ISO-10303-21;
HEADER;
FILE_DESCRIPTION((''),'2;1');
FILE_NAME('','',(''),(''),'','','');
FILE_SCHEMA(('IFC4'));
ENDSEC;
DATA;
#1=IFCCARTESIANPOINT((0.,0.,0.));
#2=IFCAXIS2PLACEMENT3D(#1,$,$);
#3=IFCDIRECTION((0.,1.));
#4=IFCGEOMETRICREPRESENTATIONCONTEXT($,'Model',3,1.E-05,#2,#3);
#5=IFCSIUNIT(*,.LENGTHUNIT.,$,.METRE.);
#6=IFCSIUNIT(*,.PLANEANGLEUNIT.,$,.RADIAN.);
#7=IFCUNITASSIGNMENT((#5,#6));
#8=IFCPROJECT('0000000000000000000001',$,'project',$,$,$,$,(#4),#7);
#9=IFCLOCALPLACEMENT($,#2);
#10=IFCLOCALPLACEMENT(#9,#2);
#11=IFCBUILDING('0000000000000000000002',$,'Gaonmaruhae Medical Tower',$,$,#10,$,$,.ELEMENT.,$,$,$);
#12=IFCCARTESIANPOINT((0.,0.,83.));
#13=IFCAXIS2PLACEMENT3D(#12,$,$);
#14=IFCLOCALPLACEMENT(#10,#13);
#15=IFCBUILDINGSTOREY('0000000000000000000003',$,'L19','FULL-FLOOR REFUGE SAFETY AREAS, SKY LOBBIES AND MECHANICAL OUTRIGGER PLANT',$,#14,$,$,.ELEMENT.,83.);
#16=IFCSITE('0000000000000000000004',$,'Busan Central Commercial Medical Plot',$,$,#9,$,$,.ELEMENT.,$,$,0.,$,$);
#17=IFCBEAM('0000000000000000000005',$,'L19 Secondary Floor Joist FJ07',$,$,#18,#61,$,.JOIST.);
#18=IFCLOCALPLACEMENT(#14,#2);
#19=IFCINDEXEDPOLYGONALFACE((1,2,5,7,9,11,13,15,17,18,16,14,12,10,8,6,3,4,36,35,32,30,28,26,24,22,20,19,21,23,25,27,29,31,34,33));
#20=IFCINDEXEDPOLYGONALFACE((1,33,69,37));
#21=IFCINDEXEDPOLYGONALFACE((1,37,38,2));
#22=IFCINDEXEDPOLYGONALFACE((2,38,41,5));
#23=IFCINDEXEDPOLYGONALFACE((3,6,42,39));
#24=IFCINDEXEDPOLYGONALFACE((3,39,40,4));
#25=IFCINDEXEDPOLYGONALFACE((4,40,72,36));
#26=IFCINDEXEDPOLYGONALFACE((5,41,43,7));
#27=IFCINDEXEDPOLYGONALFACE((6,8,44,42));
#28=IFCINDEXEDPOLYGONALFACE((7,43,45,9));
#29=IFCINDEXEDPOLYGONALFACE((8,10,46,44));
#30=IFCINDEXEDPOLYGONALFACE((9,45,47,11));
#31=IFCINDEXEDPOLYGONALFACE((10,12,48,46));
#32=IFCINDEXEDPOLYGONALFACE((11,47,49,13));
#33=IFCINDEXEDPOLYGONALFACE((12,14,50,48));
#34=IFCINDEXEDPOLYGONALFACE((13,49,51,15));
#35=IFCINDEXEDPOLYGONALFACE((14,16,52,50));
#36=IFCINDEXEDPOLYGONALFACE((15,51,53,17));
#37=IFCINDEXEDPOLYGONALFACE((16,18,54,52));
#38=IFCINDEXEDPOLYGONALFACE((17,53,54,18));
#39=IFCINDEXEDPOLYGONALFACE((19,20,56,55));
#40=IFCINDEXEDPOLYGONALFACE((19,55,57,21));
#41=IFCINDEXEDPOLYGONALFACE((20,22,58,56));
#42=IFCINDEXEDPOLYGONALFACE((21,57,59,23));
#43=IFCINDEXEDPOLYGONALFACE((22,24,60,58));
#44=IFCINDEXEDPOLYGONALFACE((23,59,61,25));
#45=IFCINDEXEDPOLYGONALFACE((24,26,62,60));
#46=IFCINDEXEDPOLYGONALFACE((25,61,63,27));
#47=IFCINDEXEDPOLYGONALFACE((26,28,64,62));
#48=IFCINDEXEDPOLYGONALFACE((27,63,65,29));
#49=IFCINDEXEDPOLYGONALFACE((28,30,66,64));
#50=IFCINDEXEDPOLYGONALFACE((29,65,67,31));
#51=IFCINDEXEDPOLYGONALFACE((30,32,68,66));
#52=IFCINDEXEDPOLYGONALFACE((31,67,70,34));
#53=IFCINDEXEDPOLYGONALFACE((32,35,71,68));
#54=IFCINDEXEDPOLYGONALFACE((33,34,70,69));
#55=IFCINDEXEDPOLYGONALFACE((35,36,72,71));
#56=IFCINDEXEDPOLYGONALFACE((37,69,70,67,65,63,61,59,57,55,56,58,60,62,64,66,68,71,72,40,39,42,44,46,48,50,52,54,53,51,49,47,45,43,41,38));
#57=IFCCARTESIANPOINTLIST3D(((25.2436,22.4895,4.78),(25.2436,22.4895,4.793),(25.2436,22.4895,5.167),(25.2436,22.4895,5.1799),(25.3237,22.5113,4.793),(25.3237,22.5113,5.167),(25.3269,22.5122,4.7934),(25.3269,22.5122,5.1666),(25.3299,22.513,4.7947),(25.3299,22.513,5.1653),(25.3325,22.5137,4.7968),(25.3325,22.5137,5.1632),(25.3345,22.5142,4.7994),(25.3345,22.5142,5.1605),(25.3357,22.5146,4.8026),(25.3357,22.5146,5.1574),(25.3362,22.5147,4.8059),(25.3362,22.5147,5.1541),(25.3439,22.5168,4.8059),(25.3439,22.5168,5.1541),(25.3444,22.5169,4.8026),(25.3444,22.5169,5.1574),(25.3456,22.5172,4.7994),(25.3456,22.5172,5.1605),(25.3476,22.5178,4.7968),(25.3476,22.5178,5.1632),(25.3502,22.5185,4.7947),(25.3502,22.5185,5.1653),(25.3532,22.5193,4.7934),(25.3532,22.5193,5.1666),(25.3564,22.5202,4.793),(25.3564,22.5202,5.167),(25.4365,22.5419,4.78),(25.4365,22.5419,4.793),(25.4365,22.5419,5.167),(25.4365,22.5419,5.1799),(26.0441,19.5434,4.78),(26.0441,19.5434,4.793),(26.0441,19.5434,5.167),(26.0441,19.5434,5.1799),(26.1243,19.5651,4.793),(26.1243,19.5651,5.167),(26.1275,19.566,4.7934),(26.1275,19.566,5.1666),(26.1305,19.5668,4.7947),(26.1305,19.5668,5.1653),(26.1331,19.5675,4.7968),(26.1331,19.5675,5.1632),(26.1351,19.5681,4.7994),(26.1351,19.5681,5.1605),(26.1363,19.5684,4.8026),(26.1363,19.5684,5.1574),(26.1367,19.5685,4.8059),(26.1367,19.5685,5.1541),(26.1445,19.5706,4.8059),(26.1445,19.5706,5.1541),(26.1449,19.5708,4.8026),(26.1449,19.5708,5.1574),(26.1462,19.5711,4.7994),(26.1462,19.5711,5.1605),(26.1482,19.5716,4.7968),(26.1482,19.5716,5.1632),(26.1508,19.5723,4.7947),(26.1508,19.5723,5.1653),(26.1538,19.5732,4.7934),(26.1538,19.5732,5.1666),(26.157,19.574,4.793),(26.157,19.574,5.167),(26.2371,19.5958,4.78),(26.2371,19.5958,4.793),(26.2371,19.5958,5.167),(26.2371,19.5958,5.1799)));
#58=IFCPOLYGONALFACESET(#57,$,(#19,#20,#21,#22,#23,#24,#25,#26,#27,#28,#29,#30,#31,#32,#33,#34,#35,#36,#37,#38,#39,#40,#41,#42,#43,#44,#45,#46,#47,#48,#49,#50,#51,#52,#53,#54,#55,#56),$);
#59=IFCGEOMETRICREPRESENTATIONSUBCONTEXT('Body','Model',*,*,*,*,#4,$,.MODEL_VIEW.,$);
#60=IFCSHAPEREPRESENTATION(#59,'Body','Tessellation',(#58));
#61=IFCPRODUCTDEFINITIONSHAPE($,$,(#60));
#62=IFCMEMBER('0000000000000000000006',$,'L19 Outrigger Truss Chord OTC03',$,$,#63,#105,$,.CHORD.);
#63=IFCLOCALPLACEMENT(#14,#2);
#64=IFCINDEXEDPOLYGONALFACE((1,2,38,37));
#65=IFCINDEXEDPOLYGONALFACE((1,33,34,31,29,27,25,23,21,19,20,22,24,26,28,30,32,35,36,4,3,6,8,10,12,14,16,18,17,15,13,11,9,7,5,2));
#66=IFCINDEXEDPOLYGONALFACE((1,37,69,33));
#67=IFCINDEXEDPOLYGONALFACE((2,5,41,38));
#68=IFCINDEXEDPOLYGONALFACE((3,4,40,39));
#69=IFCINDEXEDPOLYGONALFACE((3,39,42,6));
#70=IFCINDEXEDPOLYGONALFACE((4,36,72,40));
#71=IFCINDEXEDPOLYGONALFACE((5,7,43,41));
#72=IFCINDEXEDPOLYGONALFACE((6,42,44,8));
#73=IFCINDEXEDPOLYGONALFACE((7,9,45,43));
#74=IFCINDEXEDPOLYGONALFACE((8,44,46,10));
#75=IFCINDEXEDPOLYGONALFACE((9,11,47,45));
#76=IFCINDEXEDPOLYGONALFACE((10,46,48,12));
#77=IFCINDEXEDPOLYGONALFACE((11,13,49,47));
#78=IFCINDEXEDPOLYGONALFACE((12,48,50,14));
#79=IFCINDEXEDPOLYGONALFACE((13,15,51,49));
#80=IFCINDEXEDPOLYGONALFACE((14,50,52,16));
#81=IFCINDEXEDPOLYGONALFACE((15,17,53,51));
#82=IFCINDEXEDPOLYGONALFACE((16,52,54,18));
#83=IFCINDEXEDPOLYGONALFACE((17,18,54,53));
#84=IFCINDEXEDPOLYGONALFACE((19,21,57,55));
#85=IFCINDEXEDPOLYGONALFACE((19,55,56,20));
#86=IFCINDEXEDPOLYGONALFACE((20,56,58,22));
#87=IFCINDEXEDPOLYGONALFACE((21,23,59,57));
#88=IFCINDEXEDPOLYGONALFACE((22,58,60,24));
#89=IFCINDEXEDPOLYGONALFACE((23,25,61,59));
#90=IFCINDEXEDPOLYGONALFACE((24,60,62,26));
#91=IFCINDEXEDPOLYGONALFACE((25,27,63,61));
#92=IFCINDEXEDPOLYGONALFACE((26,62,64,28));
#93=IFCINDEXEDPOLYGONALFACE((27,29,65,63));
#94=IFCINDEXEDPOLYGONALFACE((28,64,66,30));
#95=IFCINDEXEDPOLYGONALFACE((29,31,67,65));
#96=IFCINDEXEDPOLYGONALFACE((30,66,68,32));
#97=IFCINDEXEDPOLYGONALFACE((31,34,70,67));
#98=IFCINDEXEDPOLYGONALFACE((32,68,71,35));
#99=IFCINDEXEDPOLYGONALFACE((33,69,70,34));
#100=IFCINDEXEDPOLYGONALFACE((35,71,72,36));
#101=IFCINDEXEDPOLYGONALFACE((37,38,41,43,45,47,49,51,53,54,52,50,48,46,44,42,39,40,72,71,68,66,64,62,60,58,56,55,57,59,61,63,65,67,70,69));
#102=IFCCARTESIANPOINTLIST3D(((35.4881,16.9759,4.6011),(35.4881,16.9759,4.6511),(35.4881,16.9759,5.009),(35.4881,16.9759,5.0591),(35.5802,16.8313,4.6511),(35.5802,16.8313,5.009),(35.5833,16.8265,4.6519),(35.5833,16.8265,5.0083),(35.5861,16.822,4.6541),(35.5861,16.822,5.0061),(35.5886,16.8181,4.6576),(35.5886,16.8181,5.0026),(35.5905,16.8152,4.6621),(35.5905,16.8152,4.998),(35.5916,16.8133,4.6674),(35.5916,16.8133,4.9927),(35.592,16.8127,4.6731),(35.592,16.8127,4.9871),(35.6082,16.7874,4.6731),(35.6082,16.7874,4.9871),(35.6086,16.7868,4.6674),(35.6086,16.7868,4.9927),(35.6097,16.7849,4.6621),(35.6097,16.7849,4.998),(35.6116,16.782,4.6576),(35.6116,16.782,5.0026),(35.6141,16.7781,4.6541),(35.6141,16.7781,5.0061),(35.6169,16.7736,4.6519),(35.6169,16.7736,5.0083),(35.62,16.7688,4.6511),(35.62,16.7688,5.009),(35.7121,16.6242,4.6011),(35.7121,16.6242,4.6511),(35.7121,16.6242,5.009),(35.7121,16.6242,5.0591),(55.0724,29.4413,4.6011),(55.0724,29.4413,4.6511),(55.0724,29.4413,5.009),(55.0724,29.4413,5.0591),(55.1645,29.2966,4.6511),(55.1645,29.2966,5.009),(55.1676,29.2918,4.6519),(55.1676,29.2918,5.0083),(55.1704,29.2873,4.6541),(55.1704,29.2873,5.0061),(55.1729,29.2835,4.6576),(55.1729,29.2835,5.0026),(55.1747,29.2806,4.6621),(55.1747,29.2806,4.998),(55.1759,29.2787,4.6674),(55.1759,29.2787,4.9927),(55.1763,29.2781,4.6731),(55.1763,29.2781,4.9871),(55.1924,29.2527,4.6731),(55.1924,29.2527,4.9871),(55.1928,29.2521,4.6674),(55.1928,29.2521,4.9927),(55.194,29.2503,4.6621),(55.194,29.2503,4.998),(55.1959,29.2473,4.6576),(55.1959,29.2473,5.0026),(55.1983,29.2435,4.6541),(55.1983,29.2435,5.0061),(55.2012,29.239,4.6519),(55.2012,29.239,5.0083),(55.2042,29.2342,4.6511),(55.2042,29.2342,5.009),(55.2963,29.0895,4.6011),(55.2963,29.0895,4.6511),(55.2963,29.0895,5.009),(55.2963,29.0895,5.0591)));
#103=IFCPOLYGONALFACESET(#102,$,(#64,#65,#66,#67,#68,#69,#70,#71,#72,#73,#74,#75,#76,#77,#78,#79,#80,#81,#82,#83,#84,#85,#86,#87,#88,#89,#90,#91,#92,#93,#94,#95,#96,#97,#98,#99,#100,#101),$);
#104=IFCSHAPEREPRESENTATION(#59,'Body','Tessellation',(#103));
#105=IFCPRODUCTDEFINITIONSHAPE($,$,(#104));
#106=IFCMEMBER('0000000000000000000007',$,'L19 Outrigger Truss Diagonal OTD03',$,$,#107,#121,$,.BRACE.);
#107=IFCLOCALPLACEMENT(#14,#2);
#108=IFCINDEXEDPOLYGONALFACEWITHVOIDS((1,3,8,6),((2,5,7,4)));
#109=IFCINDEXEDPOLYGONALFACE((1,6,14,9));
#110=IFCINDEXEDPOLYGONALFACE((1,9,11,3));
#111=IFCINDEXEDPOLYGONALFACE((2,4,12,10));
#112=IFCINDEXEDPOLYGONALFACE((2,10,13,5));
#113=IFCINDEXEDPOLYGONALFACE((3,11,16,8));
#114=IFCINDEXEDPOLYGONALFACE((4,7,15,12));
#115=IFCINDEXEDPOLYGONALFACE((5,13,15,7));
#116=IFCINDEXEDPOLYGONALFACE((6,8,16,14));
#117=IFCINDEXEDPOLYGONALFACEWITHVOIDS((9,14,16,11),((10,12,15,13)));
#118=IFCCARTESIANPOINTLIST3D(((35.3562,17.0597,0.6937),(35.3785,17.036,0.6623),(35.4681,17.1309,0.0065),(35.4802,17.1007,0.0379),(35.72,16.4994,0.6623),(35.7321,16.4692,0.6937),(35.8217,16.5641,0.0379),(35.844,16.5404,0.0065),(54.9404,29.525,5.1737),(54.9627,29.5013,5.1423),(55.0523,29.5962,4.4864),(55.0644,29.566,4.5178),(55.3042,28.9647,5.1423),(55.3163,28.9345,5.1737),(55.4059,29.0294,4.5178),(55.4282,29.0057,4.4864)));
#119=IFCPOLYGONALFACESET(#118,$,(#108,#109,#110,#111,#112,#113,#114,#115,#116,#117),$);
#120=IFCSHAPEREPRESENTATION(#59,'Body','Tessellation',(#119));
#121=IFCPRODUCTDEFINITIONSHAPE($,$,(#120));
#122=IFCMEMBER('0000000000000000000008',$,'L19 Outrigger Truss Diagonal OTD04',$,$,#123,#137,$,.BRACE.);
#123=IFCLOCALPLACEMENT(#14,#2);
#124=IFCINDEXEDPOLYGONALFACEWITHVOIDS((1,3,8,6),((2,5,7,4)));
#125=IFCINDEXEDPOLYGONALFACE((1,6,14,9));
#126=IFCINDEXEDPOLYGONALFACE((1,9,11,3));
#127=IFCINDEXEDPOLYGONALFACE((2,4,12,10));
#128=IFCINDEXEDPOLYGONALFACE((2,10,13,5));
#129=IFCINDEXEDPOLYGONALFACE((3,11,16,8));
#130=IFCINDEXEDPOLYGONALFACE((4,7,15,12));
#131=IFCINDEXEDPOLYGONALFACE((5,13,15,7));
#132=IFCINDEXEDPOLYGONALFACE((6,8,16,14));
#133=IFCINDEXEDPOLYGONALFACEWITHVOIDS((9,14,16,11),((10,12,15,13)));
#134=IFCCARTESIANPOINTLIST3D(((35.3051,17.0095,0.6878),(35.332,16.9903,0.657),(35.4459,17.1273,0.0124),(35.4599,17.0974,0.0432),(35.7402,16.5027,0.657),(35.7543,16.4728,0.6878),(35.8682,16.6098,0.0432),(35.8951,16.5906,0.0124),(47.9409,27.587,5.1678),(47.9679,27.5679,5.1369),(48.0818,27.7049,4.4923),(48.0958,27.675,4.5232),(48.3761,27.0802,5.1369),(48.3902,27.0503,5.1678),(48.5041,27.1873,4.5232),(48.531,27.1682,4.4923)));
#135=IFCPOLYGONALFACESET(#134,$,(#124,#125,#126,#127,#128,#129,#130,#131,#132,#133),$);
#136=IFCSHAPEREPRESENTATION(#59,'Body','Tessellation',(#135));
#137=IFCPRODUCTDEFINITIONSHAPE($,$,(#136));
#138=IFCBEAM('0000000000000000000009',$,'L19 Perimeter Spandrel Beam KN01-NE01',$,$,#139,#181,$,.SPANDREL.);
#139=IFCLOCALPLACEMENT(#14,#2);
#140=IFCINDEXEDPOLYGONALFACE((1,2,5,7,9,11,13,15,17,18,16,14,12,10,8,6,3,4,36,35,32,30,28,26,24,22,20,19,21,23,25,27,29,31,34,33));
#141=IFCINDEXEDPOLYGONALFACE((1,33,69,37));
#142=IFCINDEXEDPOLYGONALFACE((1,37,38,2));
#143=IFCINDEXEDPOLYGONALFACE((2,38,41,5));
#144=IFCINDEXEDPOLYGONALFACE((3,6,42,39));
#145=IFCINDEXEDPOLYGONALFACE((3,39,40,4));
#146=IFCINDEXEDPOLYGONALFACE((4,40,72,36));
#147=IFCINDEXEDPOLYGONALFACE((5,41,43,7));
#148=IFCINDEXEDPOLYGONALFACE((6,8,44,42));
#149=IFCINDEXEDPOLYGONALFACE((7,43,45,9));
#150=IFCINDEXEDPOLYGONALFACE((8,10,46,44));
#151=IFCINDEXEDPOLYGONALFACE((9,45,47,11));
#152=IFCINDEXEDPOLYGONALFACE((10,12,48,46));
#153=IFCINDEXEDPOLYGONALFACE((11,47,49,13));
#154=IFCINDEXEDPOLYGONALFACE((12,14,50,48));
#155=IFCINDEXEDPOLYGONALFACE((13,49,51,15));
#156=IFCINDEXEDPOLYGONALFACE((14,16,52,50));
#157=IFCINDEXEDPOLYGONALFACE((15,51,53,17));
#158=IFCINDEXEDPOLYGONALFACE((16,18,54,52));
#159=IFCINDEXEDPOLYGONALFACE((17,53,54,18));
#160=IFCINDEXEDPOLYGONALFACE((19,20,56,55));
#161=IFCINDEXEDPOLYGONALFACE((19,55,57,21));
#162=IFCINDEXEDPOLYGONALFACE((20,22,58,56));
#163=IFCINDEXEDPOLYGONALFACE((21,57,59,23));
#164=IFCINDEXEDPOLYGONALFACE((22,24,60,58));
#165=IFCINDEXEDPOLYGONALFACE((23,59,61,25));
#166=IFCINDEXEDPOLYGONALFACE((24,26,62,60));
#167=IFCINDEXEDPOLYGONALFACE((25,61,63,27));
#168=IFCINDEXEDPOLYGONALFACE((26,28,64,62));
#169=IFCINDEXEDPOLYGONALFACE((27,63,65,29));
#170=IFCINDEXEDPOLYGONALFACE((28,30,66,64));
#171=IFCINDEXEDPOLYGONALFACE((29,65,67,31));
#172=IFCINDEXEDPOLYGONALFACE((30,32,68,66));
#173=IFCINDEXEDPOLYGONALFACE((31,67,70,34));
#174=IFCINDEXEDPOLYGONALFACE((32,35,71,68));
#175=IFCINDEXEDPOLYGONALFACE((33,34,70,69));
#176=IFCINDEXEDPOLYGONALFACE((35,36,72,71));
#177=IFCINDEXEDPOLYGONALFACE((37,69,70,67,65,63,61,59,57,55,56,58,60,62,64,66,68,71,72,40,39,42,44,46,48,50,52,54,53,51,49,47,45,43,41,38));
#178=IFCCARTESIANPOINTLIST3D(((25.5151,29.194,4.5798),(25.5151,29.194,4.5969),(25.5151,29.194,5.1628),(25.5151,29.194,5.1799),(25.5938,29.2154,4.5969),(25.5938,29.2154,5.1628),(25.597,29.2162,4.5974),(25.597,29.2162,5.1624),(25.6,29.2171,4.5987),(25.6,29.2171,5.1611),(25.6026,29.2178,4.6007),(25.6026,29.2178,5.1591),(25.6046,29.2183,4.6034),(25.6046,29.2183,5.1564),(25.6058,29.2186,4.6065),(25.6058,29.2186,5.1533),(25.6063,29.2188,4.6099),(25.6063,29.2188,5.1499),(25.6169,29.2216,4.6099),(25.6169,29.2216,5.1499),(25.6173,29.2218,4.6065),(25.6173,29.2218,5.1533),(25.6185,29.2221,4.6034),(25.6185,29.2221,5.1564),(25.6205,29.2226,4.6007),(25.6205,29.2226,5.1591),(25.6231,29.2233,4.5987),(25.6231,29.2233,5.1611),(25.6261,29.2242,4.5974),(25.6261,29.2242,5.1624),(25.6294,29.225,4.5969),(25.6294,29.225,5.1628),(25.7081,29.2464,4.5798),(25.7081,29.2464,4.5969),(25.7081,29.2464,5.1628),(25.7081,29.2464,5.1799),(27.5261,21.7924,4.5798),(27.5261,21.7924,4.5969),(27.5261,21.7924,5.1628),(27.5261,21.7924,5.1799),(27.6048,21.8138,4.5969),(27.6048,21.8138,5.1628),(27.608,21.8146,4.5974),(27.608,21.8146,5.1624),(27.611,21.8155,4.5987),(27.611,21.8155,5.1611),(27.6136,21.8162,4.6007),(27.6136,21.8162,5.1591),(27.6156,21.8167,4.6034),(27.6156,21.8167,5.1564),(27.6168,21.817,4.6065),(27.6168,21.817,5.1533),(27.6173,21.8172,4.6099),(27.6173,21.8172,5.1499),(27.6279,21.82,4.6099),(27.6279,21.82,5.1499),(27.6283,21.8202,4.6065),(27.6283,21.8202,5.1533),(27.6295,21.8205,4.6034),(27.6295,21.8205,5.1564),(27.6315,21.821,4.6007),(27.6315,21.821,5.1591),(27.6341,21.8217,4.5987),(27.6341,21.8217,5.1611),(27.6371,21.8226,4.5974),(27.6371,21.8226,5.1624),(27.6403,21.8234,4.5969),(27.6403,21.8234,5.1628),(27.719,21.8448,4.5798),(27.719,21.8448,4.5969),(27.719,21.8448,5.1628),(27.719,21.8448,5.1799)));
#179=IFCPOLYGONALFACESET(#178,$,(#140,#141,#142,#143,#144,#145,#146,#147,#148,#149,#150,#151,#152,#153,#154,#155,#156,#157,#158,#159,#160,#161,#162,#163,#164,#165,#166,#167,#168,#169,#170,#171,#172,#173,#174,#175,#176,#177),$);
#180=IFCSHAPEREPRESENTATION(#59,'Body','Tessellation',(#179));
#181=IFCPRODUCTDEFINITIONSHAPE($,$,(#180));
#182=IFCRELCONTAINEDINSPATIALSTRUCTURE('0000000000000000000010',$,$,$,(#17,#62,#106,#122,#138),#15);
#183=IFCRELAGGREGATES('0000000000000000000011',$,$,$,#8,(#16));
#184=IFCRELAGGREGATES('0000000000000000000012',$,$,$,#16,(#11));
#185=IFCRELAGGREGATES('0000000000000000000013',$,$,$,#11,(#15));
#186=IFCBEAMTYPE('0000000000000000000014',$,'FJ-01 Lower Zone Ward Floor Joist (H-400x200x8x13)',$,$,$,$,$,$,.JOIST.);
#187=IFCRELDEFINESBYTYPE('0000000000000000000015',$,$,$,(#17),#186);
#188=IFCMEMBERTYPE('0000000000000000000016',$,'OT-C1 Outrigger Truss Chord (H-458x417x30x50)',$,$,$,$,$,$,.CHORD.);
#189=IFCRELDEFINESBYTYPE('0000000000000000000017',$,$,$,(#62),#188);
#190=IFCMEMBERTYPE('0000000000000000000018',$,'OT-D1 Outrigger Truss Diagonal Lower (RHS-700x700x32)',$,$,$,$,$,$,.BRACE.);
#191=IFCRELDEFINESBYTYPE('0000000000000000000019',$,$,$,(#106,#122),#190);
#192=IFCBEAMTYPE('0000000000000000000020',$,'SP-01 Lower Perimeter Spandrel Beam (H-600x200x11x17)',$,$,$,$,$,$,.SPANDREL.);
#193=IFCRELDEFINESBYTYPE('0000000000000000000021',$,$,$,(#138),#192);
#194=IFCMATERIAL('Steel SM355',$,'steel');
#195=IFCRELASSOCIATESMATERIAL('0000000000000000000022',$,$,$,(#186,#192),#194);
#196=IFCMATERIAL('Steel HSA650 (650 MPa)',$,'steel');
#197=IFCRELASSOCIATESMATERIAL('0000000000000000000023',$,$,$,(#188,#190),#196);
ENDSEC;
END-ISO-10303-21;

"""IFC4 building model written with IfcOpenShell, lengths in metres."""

from ifc_helpers import new_model, si_unit, direction, frame, origin, origin_2d, place, context, subcontext, project, spatial, hollow_rectangle, i_section, extrude, material, material_profile, profile_set, type_object, element, save


model = new_model("IFC4")

# Units and contexts
model_context = context("Model", 3, precision=1e-05, world=origin(), true_north=direction((0.0, 1.0)))
body_context = subcontext(model_context, "Body", "Model", "MODEL_VIEW")
ifc_project = project(units=[si_unit("LENGTHUNIT", "METRE"), si_unit("PLANEANGLEUNIT", "RADIAN")], contexts=[model_context])

# Site, building, storey
site_placement = place(None, origin())
site = spatial("IfcSite", under=ifc_project, at=site_placement, Name="Busan Central Commercial Medical Plot", CompositionType="ELEMENT", RefElevation=0.0)
building_placement = place(site_placement, origin())
building = spatial("IfcBuilding", under=site, at=building_placement, Name="Gaonmaruhae Medical Tower", CompositionType="ELEMENT")
storey_placement = place(building_placement, frame((0.0, 0.0, 83.0)))
storey = spatial("IfcBuildingStorey", under=building, at=storey_placement, Name="L19", Description="FULL-FLOOR REFUGE SAFETY AREAS, SKY LOBBIES AND MECHANICAL OUTRIGGER PLANT", CompositionType="ELEMENT", Elevation=83.0)

# Shared definitions
ifc_material_1 = material(Name="Steel HSA650 (650 MPa)", Category="steel")

# Beam
ifc_material_2 = material(Name="Steel SM355", Category="steel")
ifc_material_profile_1 = material_profile(ifc_material_2, i_section(OverallWidth=0.2, OverallDepth=0.3999, WebThickness=0.0081, FlangeThickness=0.0129, FilletRadius=0.0129, at=origin_2d()), Name="H-400x200x8x13")
ifc_profile_set_1 = profile_set([ifc_material_profile_1], Name="Steel SM355")
beam_type_1 = type_object("IfcBeamType", Name="FJ-01 Lower Zone Ward Floor Joist (H-400x200x8x13)", PredefinedType="JOIST", material=ifc_profile_set_1)
beam_1_placement = place(storey_placement, frame((26.1406, 19.5696, 4.98), z_axis=(-0.262224, 0.965007, 0.0), x_axis=(-0.965007, -0.262224, 0.0)))
element("IfcBeam", 1, at=beam_1_placement, inside=storey, type_object=beam_type_1, Name="L19 Secondary Floor Joist FJ07", PredefinedType="JOIST", context=body_context, shape_type="SweptSolid", body=[
    extrude(i_section(OverallWidth=0.2, OverallDepth=0.3999, WebThickness=0.0081, FlangeThickness=0.0129, FilletRadius=0.0129, at=origin_2d()), origin(), (0.0, 0.0, 1.0), 3.053),
])

# Members
ifc_material_profile_2 = material_profile(ifc_material_1, i_section(OverallWidth=0.417, OverallDepth=0.458, WebThickness=0.03, FlangeThickness=0.05, FilletRadius=0.022, at=origin_2d()), Name="H-458x417x30x50")
ifc_profile_set_2 = profile_set([ifc_material_profile_2], Name="Steel HSA650 (650 MPa)")
member_type_1 = type_object("IfcMemberType", Name="OT-C1 Outrigger Truss Chord (H-458x417x30x50)", PredefinedType="CHORD", material=ifc_profile_set_2)
member_1_placement = place(storey_placement, frame((35.6001, 16.8, 4.8301), z_axis=(0.84361, 0.536956, 0.0), x_axis=(-0.536956, 0.84361, 0.0)))
element("IfcMember", 2, at=member_1_placement, inside=storey, type_object=member_type_1, Name="L19 Outrigger Truss Chord OTC03", PredefinedType="CHORD", context=body_context, shape_type="SweptSolid", body=[
    extrude(i_section(OverallWidth=0.417, OverallDepth=0.458, WebThickness=0.03, FlangeThickness=0.05, FilletRadius=0.022, at=origin_2d()), origin(), (0.0, 0.0, 1.0), 23.2148),
])
ifc_material_profile_3 = material_profile(ifc_material_1, hollow_rectangle(XDim=0.7, YDim=0.7, WallThickness=0.032, at=origin_2d()), Name="RHS-700x700x32")
ifc_profile_set_3 = profile_set([ifc_material_profile_3], Name="Steel HSA650 (650 MPa)")
member_type_2 = type_object("IfcMemberType", Name="OT-D1 Outrigger Truss Diagonal Lower (RHS-700x700x32)", PredefinedType="BRACE", material=ifc_profile_set_3)
member_2_placement = place(storey_placement, frame((35.6001, 16.8, 0.3501), z_axis=(0.828327, 0.527229, 0.189484), x_axis=(-0.536956, 0.84361, 0.0)))
element("IfcMember", 3, at=member_2_placement, inside=storey, type_object=member_type_2, Name="L19 Outrigger Truss Diagonal OTD03", PredefinedType="BRACE", context=body_context, shape_type="SweptSolid", body=[
    extrude(hollow_rectangle(XDim=0.7, YDim=0.7, WallThickness=0.032, at=origin_2d()), origin(), (0.0, 0.0, 1.0), 23.6431),
])
member_3_placement = place(storey_placement, frame((35.6001, 16.8, 0.3501), z_axis=(0.739941, 0.619407, 0.26234), x_axis=(-0.641889, 0.766797, 0.0)))
element("IfcMember", 4, at=member_3_placement, inside=storey, type_object=member_type_2, Name="L19 Outrigger Truss Diagonal OTD04", PredefinedType="BRACE", context=body_context, shape_type="SweptSolid", body=[
    extrude(hollow_rectangle(XDim=0.7, YDim=0.7, WallThickness=0.032, at=origin_2d()), origin(), (0.0, 0.0, 1.0), 17.0769),
])

# Beam
ifc_material_profile_4 = material_profile(ifc_material_2, i_section(OverallWidth=0.2, OverallDepth=0.6001, WebThickness=0.011, FlangeThickness=0.0171, FilletRadius=0.0129, at=origin_2d()), Name="H-600x200x11x17")
ifc_profile_set_4 = profile_set([ifc_material_profile_4], Name="Steel SM355")
beam_type_2 = type_object("IfcBeamType", Name="SP-01 Lower Perimeter Spandrel Beam (H-600x200x11x17)", PredefinedType="SPANDREL", material=ifc_profile_set_4)
beam_2_placement = place(storey_placement, frame((27.6226, 21.8186, 4.8799), z_axis=(-0.262191, 0.965016, 0.0), x_axis=(-0.965016, -0.262191, 0.0)))
element("IfcBeam", 5, at=beam_2_placement, inside=storey, type_object=beam_type_2, Name="L19 Perimeter Spandrel Beam KN01-NE01", PredefinedType="SPANDREL", context=body_context, shape_type="SweptSolid", body=[
    extrude(i_section(OverallWidth=0.2, OverallDepth=0.6001, WebThickness=0.011, FlangeThickness=0.0171, FilletRadius=0.0129, at=origin_2d()), origin(), (0.0, 0.0, 1.0), 7.6699),
])

save(model, "model.ifc")
